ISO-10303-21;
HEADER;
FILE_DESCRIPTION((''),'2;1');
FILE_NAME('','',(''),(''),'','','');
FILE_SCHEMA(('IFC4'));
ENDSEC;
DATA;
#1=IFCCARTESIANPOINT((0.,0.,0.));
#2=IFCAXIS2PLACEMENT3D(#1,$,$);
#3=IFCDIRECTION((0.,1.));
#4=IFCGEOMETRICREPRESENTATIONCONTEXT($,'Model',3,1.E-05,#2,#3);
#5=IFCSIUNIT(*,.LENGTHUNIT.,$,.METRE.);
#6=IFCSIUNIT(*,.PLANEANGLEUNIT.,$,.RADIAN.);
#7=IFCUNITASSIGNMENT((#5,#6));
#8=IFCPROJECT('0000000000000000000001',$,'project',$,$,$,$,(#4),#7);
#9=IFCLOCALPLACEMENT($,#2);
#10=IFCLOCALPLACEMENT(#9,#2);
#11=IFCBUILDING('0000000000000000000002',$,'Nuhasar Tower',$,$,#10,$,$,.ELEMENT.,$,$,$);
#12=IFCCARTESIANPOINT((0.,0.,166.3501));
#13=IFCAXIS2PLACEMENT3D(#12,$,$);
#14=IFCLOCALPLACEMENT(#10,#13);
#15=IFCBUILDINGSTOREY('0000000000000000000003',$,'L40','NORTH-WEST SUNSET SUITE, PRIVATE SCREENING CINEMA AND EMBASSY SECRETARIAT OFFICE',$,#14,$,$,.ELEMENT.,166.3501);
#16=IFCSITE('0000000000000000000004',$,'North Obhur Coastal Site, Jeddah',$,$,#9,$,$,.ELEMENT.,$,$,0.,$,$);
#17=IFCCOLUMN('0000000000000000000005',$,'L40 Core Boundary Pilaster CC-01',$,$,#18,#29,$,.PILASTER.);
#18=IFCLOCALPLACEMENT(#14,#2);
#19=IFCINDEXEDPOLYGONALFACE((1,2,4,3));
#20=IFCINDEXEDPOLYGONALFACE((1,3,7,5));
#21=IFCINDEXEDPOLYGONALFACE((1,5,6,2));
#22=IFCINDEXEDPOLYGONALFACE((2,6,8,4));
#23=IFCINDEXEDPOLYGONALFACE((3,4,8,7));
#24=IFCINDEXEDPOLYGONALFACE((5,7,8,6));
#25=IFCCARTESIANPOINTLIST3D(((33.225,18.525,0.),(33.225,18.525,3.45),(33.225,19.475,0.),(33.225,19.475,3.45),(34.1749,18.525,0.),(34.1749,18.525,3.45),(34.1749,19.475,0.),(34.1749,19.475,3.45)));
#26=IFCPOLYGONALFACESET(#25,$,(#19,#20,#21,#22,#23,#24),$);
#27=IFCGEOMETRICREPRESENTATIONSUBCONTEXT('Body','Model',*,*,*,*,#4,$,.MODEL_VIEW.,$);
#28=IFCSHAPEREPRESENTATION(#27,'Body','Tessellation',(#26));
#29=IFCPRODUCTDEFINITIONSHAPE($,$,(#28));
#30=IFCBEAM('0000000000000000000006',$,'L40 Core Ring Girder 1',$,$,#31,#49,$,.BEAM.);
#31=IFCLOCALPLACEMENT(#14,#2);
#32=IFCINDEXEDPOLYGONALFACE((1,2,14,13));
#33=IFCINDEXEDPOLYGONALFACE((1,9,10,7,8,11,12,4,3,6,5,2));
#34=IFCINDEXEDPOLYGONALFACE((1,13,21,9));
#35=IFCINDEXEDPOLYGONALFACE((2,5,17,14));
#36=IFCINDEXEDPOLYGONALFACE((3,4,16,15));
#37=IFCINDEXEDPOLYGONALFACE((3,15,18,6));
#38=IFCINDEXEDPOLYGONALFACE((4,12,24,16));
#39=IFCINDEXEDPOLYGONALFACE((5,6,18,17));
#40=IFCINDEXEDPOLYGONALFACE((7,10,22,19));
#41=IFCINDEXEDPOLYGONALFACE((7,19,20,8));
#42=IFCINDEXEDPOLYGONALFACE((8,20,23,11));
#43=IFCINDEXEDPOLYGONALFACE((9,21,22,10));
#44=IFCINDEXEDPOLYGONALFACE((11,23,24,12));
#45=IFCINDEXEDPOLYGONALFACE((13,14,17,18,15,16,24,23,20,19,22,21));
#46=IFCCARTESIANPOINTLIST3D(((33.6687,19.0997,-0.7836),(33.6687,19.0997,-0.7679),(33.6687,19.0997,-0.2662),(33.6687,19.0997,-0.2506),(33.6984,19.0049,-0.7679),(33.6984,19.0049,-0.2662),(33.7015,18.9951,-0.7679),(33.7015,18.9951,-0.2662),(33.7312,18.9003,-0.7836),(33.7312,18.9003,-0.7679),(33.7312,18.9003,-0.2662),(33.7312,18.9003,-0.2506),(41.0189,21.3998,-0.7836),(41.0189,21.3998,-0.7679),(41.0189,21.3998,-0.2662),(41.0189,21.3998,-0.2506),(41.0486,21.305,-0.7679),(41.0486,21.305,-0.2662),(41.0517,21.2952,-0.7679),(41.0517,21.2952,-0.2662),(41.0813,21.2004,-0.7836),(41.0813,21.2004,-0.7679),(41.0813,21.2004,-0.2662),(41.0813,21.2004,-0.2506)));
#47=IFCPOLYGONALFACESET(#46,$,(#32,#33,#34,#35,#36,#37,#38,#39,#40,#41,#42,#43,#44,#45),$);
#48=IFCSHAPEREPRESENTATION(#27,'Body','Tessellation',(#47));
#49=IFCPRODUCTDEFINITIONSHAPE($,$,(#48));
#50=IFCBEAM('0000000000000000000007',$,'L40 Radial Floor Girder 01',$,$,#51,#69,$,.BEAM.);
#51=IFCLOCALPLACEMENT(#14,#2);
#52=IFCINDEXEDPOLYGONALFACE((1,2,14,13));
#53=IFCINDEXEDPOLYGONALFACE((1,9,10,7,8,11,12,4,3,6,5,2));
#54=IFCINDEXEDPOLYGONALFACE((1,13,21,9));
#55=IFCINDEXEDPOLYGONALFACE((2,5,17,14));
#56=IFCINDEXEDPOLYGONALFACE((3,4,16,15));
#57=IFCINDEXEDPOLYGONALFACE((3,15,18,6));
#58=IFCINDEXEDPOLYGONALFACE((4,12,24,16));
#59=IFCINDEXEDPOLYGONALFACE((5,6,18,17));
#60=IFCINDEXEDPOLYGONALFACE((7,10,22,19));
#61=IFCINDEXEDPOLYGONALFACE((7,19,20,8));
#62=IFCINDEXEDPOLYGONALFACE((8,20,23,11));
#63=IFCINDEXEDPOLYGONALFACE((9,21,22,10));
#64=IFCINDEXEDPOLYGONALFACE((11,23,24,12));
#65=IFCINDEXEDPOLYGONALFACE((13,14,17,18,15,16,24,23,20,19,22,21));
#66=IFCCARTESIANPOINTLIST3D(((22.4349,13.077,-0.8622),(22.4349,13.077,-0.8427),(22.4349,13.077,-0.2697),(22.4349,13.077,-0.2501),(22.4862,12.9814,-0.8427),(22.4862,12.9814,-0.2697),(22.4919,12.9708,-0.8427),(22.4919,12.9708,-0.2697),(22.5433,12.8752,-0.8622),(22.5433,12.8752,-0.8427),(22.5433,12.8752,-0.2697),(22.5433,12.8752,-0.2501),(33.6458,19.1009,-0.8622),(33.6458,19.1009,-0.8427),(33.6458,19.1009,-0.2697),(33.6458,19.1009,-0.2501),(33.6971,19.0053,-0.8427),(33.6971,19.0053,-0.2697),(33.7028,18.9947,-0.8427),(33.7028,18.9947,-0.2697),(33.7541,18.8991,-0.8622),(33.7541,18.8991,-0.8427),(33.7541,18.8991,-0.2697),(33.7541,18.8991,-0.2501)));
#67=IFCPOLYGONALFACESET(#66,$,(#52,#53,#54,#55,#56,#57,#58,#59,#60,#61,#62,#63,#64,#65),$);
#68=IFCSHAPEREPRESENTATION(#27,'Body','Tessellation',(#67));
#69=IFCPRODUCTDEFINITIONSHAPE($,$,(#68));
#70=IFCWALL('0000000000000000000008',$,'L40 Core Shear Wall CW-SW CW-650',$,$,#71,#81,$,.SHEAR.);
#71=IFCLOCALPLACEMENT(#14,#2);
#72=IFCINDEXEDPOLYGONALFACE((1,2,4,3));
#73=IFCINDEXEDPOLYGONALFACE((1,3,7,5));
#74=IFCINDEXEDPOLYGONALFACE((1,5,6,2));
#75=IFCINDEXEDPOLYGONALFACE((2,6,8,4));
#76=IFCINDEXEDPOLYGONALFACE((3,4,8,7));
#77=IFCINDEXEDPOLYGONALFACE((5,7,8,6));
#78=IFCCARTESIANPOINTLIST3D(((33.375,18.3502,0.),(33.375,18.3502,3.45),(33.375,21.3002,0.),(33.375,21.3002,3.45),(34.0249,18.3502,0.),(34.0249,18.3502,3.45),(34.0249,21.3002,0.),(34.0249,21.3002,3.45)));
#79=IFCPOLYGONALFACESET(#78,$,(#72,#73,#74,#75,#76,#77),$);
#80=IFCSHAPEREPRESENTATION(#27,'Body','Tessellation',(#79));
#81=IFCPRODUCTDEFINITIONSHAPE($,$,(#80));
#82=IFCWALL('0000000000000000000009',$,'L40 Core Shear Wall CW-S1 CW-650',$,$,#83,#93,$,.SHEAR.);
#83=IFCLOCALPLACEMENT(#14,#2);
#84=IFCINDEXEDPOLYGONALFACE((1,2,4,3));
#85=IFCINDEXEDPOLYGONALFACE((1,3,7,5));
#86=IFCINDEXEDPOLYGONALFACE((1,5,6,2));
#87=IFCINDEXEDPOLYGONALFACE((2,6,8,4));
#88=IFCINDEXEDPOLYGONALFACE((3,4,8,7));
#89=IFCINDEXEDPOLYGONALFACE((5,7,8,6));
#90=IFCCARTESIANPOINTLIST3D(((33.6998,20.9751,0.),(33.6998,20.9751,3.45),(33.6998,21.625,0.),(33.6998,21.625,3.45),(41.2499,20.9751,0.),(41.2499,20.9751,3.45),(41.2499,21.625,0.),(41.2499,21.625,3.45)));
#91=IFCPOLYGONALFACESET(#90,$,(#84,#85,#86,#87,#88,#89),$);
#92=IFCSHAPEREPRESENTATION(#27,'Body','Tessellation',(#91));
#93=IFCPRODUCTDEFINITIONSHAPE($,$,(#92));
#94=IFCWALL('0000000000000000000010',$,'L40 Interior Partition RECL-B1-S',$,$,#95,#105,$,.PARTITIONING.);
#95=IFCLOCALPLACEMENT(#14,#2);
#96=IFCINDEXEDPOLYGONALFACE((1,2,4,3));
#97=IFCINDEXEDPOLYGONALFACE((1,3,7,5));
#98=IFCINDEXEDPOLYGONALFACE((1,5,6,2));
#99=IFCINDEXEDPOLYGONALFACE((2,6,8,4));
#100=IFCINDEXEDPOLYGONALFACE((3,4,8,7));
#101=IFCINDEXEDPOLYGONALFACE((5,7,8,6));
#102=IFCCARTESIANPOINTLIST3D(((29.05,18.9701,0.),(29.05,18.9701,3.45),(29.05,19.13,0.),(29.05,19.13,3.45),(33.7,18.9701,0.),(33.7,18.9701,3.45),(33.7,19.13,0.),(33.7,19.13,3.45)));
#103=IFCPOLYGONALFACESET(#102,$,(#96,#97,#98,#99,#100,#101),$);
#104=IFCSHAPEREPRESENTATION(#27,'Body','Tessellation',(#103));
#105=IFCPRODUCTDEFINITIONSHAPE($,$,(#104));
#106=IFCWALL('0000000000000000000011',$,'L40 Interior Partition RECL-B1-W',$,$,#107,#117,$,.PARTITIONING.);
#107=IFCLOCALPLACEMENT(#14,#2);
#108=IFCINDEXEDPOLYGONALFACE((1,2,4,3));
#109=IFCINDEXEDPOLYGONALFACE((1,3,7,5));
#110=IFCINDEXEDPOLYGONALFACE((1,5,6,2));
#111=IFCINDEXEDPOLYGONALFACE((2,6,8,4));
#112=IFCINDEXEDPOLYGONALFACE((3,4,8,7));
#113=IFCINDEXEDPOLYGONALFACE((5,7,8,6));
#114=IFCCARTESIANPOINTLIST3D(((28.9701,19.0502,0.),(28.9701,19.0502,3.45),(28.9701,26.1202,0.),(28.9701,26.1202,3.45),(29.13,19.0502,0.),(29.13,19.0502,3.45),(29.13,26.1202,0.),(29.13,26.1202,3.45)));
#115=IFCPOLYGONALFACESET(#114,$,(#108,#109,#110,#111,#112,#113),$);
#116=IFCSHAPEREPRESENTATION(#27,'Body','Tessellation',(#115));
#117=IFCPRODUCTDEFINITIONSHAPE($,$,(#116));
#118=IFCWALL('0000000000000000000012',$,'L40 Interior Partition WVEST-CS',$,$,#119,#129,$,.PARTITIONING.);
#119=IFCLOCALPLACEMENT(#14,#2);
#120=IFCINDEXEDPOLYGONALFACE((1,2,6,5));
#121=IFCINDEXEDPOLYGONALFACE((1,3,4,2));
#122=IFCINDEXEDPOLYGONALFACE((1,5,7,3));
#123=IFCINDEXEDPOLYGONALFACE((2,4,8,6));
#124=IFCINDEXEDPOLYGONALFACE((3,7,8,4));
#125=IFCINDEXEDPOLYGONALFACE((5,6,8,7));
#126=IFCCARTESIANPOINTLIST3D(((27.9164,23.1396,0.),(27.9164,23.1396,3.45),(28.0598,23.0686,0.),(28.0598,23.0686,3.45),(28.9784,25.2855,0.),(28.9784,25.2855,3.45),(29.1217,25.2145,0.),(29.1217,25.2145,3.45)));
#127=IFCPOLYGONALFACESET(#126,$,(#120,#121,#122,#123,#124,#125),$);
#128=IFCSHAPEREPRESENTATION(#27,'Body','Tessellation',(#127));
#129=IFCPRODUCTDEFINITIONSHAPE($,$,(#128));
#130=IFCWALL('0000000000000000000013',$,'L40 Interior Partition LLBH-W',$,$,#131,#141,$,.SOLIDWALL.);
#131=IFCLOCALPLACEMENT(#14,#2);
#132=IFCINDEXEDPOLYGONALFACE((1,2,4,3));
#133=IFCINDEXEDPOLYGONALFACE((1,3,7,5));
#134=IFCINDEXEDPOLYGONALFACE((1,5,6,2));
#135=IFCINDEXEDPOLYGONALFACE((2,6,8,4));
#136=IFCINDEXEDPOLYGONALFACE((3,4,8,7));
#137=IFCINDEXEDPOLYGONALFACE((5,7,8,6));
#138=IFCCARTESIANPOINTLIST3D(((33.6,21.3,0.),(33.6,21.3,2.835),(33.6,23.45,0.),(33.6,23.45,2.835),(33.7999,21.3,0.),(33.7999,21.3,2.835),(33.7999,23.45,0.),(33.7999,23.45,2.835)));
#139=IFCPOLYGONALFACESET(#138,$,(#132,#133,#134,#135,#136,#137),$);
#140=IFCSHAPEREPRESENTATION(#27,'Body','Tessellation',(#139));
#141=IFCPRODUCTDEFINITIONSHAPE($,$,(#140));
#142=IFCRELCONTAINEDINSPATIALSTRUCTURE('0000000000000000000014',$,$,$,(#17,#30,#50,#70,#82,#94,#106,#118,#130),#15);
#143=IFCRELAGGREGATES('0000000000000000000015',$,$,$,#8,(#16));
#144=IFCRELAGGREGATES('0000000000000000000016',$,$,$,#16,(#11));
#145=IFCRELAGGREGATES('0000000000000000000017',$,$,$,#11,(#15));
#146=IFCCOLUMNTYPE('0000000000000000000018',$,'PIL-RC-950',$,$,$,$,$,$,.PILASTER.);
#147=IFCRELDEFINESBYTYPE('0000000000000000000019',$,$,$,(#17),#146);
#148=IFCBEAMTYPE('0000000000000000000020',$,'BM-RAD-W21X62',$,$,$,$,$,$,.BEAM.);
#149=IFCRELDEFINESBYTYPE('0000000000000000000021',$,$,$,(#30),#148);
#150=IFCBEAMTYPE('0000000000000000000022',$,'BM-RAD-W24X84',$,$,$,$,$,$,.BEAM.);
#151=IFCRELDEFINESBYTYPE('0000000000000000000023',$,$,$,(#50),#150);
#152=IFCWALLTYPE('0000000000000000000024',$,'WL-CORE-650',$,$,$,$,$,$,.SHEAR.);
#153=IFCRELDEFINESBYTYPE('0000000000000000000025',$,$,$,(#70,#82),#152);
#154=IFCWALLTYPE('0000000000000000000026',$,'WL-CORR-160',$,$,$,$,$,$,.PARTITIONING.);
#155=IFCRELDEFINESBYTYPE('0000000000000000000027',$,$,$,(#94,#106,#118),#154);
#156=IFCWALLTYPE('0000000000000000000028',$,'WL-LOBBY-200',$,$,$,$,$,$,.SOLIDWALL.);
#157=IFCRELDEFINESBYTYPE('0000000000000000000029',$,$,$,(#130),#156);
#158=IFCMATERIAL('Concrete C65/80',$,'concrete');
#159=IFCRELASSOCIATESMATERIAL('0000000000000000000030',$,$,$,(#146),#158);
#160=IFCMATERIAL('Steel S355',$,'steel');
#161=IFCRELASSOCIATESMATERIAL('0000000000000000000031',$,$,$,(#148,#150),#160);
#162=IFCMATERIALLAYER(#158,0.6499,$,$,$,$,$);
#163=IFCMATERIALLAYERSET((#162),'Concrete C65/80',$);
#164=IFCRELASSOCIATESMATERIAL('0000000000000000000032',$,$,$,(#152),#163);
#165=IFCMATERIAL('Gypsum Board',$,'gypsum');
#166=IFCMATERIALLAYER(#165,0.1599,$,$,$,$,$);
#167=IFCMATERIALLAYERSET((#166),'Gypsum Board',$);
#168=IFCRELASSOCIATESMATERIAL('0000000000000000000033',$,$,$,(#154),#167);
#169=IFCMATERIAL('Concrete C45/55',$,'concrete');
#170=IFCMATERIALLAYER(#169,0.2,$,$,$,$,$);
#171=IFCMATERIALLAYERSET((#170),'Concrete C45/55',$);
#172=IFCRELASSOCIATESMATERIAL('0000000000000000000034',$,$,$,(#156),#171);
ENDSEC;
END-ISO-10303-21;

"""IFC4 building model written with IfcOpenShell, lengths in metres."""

from ifc_helpers import new_model, si_unit, direction, frame, frame_2d, origin, origin_2d, place, context, subcontext, project, spatial, rectangle, i_section, extrude, material, layer, layer_set, material_profile, profile_set, type_object, element, save


model = new_model("IFC4")

# Units and contexts
model_context = context("Model", 3, precision=1e-05, world=origin(), true_north=direction((0.0, 1.0)))
body_context = subcontext(model_context, "Body", "Model", "MODEL_VIEW")
ifc_project = project(units=[si_unit("LENGTHUNIT", "METRE"), si_unit("PLANEANGLEUNIT", "RADIAN")], contexts=[model_context])

# Site, building, storey
site_placement = place(None, origin())
site = spatial("IfcSite", under=ifc_project, at=site_placement, Name="North Obhur Coastal Site, Jeddah", CompositionType="ELEMENT", RefElevation=0.0)
building_placement = place(site_placement, origin())
building = spatial("IfcBuilding", under=site, at=building_placement, Name="Nuhasar Tower", CompositionType="ELEMENT")
storey_placement = place(building_placement, frame((0.0, 0.0, 166.3501)))
storey = spatial("IfcBuildingStorey", under=building, at=storey_placement, Name="L40", Description="NORTH-WEST SUNSET SUITE, PRIVATE SCREENING CINEMA AND EMBASSY SECRETARIAT OFFICE", CompositionType="ELEMENT", Elevation=166.3501)

# Column
ifc_material_1 = material(Name="Concrete C65/80", Category="concrete")
ifc_material_profile_1 = material_profile(ifc_material_1, rectangle(XDim=0.95, YDim=0.95, at=origin_2d()), Name="RC950X950")
ifc_profile_set_1 = profile_set([ifc_material_profile_1], Name="Concrete C65/80")
column_type = type_object("IfcColumnType", Name="PIL-RC-950", PredefinedType="PILASTER", material=ifc_profile_set_1)
column_placement = place(storey_placement, frame((33.7, 19.0, 0.0), z_axis=(0.0, 0.0, 1.0), x_axis=(1.0, 0.0, 0.0)))
element("IfcColumn", 1, at=column_placement, inside=storey, type_object=column_type, Name="L40 Core Boundary Pilaster CC-01", PredefinedType="PILASTER", context=body_context, shape_type="SweptSolid", body=[
    extrude(rectangle(XDim=0.95, YDim=0.95, at=origin_2d()), origin(), (0.0, 0.0, 1.0), 3.45),
])

# Beams
ifc_material_2 = material(Name="Steel S355", Category="steel")
ifc_material_profile_2 = material_profile(ifc_material_2, i_section(OverallWidth=0.209, OverallDepth=0.533, WebThickness=0.0103, FlangeThickness=0.0156, at=origin_2d()), Name="W21X62")
ifc_profile_set_2 = profile_set([ifc_material_profile_2], Name="Steel S355")
beam_type_1 = type_object("IfcBeamType", Name="BM-RAD-W21X62", PredefinedType="BEAM", material=ifc_profile_set_2)
beam_1_placement = place(storey_placement, frame((33.7, 19.0, -0.5171), z_axis=(0.954364, 0.298647, 0.0), x_axis=(-0.298647, 0.954364, 0.0)))
element("IfcBeam", 2, at=beam_1_placement, inside=storey, type_object=beam_type_1, Name="L40 Core Ring Girder 1", PredefinedType="BEAM", context=body_context, shape_type="SweptSolid", body=[
    extrude(i_section(OverallWidth=0.209, OverallDepth=0.533, WebThickness=0.0103, FlangeThickness=0.0156, at=origin_2d()), origin(), (0.0, 0.0, 1.0), 7.7017),
])
ifc_material_profile_3 = material_profile(ifc_material_2, i_section(OverallWidth=0.229, OverallDepth=0.6121, WebThickness=0.012, FlangeThickness=0.0195, at=origin_2d()), Name="W24X84")
ifc_profile_set_3 = profile_set([ifc_material_profile_3], Name="Steel S355")
beam_type_2 = type_object("IfcBeamType", Name="BM-RAD-W24X84", PredefinedType="BEAM", material=ifc_profile_set_3)
beam_2_placement = place(storey_placement, frame((33.7, 19.0, -0.5562), z_axis=(-0.880888, -0.473324, 0.0), x_axis=(0.473324, -0.880888, 0.0)))
element("IfcBeam", 3, at=beam_2_placement, inside=storey, type_object=beam_type_2, Name="L40 Radial Floor Girder 01", PredefinedType="BEAM", context=body_context, shape_type="SweptSolid", body=[
    extrude(i_section(OverallWidth=0.229, OverallDepth=0.6121, WebThickness=0.012, FlangeThickness=0.0195, at=origin_2d()), origin(), (0.0, 0.0, 1.0), 12.7268),
])

# Walls
ifc_layer_1 = layer(ifc_material_1, 0.6499)
ifc_layer_set_1 = layer_set([ifc_layer_1], Name="Concrete C65/80")
wall_type_1 = type_object("IfcWallType", Name="WL-CORE-650", PredefinedType="SHEAR", material=ifc_layer_set_1)
wall_1_placement = place(storey_placement, frame((33.7, 18.3501, 0.0), z_axis=(0.0, 0.0, 1.0), x_axis=(0.0, 1.0, 0.0)))
element("IfcWall", 4, at=wall_1_placement, inside=storey, type_object=wall_type_1, Name="L40 Core Shear Wall CW-SW CW-650", PredefinedType="SHEAR", context=body_context, shape_type="SweptSolid", body=[
    extrude(rectangle(XDim=2.95, YDim=0.6499, at=frame_2d((1.4751, 0.0))), origin(), (0.0, 0.0, 1.0), 3.45),
])
wall_2_placement = place(storey_placement, frame((33.7, 21.3, 0.0), z_axis=(0.0, 0.0, 1.0), x_axis=(1.0, 0.0, 0.0)))
element("IfcWall", 5, at=wall_2_placement, inside=storey, type_object=wall_type_1, Name="L40 Core Shear Wall CW-S1 CW-650", PredefinedType="SHEAR", context=body_context, shape_type="SweptSolid", body=[
    extrude(rectangle(XDim=7.55, YDim=0.6499, at=frame_2d((3.7749, 0.0))), origin(), (0.0, 0.0, 1.0), 3.45),
])
ifc_material_3 = material(Name="Gypsum Board", Category="gypsum")
ifc_layer_2 = layer(ifc_material_3, 0.1599)
ifc_layer_set_2 = layer_set([ifc_layer_2], Name="Gypsum Board")
wall_type_2 = type_object("IfcWallType", Name="WL-CORR-160", PredefinedType="PARTITIONING", material=ifc_layer_set_2)
wall_3_placement = place(storey_placement, frame((29.05, 19.05, 0.0), z_axis=(0.0, 0.0, 1.0), x_axis=(1.0, 0.0, 0.0)))
element("IfcWall", 6, at=wall_3_placement, inside=storey, type_object=wall_type_2, Name="L40 Interior Partition RECL-B1-S", PredefinedType="PARTITIONING", context=body_context, shape_type="SweptSolid", body=[
    extrude(rectangle(XDim=4.6499, YDim=0.1599, at=frame_2d((2.325, 0.0))), origin(), (0.0, 0.0, 1.0), 3.45),
])
wall_4_placement = place(storey_placement, frame((29.05, 19.05, 0.0), z_axis=(0.0, 0.0, 1.0), x_axis=(0.0, 1.0, 0.0)))
element("IfcWall", 7, at=wall_4_placement, inside=storey, type_object=wall_type_2, Name="L40 Interior Partition RECL-B1-W", PredefinedType="PARTITIONING", context=body_context, shape_type="SweptSolid", body=[
    extrude(rectangle(XDim=7.0701, YDim=0.1599, at=frame_2d((3.5352, 0.0))), origin(), (0.0, 0.0, 1.0), 3.45),
])

# Walls
wall_5_placement = place(storey_placement, frame((27.988, 23.104, 0.0), z_axis=(0.0, 0.0, 1.0), x_axis=(0.443539, 0.896255, 0.0)))
element("IfcWall", 8, at=wall_5_placement, inside=storey, type_object=wall_type_2, Name="L40 Interior Partition WVEST-CS", PredefinedType="PARTITIONING", context=body_context, shape_type="SweptSolid", body=[
    extrude(rectangle(XDim=2.3943, YDim=0.1599, at=frame_2d((1.1973, 0.0))), origin(), (0.0, 0.0, 1.0), 3.45),
])
ifc_material_4 = material(Name="Concrete C45/55", Category="concrete")
ifc_layer_3 = layer(ifc_material_4, 0.2)
ifc_layer_set_3 = layer_set([ifc_layer_3], Name="Concrete C45/55")
wall_type_3 = type_object("IfcWallType", Name="WL-LOBBY-200", PredefinedType="SOLIDWALL", material=ifc_layer_set_3)
wall_6_placement = place(storey_placement, frame((33.7, 21.3, 0.0), z_axis=(0.0, 0.0, 1.0), x_axis=(0.0, 1.0, 0.0)))
element("IfcWall", 9, at=wall_6_placement, inside=storey, type_object=wall_type_3, Name="L40 Interior Partition LLBH-W", PredefinedType="SOLIDWALL", context=body_context, shape_type="SweptSolid", body=[
    extrude(rectangle(XDim=2.1499, YDim=0.2, at=frame_2d((1.075, 0.0))), origin(), (0.0, 0.0, 1.0), 2.835),
])

save(model, "model.ifc")
